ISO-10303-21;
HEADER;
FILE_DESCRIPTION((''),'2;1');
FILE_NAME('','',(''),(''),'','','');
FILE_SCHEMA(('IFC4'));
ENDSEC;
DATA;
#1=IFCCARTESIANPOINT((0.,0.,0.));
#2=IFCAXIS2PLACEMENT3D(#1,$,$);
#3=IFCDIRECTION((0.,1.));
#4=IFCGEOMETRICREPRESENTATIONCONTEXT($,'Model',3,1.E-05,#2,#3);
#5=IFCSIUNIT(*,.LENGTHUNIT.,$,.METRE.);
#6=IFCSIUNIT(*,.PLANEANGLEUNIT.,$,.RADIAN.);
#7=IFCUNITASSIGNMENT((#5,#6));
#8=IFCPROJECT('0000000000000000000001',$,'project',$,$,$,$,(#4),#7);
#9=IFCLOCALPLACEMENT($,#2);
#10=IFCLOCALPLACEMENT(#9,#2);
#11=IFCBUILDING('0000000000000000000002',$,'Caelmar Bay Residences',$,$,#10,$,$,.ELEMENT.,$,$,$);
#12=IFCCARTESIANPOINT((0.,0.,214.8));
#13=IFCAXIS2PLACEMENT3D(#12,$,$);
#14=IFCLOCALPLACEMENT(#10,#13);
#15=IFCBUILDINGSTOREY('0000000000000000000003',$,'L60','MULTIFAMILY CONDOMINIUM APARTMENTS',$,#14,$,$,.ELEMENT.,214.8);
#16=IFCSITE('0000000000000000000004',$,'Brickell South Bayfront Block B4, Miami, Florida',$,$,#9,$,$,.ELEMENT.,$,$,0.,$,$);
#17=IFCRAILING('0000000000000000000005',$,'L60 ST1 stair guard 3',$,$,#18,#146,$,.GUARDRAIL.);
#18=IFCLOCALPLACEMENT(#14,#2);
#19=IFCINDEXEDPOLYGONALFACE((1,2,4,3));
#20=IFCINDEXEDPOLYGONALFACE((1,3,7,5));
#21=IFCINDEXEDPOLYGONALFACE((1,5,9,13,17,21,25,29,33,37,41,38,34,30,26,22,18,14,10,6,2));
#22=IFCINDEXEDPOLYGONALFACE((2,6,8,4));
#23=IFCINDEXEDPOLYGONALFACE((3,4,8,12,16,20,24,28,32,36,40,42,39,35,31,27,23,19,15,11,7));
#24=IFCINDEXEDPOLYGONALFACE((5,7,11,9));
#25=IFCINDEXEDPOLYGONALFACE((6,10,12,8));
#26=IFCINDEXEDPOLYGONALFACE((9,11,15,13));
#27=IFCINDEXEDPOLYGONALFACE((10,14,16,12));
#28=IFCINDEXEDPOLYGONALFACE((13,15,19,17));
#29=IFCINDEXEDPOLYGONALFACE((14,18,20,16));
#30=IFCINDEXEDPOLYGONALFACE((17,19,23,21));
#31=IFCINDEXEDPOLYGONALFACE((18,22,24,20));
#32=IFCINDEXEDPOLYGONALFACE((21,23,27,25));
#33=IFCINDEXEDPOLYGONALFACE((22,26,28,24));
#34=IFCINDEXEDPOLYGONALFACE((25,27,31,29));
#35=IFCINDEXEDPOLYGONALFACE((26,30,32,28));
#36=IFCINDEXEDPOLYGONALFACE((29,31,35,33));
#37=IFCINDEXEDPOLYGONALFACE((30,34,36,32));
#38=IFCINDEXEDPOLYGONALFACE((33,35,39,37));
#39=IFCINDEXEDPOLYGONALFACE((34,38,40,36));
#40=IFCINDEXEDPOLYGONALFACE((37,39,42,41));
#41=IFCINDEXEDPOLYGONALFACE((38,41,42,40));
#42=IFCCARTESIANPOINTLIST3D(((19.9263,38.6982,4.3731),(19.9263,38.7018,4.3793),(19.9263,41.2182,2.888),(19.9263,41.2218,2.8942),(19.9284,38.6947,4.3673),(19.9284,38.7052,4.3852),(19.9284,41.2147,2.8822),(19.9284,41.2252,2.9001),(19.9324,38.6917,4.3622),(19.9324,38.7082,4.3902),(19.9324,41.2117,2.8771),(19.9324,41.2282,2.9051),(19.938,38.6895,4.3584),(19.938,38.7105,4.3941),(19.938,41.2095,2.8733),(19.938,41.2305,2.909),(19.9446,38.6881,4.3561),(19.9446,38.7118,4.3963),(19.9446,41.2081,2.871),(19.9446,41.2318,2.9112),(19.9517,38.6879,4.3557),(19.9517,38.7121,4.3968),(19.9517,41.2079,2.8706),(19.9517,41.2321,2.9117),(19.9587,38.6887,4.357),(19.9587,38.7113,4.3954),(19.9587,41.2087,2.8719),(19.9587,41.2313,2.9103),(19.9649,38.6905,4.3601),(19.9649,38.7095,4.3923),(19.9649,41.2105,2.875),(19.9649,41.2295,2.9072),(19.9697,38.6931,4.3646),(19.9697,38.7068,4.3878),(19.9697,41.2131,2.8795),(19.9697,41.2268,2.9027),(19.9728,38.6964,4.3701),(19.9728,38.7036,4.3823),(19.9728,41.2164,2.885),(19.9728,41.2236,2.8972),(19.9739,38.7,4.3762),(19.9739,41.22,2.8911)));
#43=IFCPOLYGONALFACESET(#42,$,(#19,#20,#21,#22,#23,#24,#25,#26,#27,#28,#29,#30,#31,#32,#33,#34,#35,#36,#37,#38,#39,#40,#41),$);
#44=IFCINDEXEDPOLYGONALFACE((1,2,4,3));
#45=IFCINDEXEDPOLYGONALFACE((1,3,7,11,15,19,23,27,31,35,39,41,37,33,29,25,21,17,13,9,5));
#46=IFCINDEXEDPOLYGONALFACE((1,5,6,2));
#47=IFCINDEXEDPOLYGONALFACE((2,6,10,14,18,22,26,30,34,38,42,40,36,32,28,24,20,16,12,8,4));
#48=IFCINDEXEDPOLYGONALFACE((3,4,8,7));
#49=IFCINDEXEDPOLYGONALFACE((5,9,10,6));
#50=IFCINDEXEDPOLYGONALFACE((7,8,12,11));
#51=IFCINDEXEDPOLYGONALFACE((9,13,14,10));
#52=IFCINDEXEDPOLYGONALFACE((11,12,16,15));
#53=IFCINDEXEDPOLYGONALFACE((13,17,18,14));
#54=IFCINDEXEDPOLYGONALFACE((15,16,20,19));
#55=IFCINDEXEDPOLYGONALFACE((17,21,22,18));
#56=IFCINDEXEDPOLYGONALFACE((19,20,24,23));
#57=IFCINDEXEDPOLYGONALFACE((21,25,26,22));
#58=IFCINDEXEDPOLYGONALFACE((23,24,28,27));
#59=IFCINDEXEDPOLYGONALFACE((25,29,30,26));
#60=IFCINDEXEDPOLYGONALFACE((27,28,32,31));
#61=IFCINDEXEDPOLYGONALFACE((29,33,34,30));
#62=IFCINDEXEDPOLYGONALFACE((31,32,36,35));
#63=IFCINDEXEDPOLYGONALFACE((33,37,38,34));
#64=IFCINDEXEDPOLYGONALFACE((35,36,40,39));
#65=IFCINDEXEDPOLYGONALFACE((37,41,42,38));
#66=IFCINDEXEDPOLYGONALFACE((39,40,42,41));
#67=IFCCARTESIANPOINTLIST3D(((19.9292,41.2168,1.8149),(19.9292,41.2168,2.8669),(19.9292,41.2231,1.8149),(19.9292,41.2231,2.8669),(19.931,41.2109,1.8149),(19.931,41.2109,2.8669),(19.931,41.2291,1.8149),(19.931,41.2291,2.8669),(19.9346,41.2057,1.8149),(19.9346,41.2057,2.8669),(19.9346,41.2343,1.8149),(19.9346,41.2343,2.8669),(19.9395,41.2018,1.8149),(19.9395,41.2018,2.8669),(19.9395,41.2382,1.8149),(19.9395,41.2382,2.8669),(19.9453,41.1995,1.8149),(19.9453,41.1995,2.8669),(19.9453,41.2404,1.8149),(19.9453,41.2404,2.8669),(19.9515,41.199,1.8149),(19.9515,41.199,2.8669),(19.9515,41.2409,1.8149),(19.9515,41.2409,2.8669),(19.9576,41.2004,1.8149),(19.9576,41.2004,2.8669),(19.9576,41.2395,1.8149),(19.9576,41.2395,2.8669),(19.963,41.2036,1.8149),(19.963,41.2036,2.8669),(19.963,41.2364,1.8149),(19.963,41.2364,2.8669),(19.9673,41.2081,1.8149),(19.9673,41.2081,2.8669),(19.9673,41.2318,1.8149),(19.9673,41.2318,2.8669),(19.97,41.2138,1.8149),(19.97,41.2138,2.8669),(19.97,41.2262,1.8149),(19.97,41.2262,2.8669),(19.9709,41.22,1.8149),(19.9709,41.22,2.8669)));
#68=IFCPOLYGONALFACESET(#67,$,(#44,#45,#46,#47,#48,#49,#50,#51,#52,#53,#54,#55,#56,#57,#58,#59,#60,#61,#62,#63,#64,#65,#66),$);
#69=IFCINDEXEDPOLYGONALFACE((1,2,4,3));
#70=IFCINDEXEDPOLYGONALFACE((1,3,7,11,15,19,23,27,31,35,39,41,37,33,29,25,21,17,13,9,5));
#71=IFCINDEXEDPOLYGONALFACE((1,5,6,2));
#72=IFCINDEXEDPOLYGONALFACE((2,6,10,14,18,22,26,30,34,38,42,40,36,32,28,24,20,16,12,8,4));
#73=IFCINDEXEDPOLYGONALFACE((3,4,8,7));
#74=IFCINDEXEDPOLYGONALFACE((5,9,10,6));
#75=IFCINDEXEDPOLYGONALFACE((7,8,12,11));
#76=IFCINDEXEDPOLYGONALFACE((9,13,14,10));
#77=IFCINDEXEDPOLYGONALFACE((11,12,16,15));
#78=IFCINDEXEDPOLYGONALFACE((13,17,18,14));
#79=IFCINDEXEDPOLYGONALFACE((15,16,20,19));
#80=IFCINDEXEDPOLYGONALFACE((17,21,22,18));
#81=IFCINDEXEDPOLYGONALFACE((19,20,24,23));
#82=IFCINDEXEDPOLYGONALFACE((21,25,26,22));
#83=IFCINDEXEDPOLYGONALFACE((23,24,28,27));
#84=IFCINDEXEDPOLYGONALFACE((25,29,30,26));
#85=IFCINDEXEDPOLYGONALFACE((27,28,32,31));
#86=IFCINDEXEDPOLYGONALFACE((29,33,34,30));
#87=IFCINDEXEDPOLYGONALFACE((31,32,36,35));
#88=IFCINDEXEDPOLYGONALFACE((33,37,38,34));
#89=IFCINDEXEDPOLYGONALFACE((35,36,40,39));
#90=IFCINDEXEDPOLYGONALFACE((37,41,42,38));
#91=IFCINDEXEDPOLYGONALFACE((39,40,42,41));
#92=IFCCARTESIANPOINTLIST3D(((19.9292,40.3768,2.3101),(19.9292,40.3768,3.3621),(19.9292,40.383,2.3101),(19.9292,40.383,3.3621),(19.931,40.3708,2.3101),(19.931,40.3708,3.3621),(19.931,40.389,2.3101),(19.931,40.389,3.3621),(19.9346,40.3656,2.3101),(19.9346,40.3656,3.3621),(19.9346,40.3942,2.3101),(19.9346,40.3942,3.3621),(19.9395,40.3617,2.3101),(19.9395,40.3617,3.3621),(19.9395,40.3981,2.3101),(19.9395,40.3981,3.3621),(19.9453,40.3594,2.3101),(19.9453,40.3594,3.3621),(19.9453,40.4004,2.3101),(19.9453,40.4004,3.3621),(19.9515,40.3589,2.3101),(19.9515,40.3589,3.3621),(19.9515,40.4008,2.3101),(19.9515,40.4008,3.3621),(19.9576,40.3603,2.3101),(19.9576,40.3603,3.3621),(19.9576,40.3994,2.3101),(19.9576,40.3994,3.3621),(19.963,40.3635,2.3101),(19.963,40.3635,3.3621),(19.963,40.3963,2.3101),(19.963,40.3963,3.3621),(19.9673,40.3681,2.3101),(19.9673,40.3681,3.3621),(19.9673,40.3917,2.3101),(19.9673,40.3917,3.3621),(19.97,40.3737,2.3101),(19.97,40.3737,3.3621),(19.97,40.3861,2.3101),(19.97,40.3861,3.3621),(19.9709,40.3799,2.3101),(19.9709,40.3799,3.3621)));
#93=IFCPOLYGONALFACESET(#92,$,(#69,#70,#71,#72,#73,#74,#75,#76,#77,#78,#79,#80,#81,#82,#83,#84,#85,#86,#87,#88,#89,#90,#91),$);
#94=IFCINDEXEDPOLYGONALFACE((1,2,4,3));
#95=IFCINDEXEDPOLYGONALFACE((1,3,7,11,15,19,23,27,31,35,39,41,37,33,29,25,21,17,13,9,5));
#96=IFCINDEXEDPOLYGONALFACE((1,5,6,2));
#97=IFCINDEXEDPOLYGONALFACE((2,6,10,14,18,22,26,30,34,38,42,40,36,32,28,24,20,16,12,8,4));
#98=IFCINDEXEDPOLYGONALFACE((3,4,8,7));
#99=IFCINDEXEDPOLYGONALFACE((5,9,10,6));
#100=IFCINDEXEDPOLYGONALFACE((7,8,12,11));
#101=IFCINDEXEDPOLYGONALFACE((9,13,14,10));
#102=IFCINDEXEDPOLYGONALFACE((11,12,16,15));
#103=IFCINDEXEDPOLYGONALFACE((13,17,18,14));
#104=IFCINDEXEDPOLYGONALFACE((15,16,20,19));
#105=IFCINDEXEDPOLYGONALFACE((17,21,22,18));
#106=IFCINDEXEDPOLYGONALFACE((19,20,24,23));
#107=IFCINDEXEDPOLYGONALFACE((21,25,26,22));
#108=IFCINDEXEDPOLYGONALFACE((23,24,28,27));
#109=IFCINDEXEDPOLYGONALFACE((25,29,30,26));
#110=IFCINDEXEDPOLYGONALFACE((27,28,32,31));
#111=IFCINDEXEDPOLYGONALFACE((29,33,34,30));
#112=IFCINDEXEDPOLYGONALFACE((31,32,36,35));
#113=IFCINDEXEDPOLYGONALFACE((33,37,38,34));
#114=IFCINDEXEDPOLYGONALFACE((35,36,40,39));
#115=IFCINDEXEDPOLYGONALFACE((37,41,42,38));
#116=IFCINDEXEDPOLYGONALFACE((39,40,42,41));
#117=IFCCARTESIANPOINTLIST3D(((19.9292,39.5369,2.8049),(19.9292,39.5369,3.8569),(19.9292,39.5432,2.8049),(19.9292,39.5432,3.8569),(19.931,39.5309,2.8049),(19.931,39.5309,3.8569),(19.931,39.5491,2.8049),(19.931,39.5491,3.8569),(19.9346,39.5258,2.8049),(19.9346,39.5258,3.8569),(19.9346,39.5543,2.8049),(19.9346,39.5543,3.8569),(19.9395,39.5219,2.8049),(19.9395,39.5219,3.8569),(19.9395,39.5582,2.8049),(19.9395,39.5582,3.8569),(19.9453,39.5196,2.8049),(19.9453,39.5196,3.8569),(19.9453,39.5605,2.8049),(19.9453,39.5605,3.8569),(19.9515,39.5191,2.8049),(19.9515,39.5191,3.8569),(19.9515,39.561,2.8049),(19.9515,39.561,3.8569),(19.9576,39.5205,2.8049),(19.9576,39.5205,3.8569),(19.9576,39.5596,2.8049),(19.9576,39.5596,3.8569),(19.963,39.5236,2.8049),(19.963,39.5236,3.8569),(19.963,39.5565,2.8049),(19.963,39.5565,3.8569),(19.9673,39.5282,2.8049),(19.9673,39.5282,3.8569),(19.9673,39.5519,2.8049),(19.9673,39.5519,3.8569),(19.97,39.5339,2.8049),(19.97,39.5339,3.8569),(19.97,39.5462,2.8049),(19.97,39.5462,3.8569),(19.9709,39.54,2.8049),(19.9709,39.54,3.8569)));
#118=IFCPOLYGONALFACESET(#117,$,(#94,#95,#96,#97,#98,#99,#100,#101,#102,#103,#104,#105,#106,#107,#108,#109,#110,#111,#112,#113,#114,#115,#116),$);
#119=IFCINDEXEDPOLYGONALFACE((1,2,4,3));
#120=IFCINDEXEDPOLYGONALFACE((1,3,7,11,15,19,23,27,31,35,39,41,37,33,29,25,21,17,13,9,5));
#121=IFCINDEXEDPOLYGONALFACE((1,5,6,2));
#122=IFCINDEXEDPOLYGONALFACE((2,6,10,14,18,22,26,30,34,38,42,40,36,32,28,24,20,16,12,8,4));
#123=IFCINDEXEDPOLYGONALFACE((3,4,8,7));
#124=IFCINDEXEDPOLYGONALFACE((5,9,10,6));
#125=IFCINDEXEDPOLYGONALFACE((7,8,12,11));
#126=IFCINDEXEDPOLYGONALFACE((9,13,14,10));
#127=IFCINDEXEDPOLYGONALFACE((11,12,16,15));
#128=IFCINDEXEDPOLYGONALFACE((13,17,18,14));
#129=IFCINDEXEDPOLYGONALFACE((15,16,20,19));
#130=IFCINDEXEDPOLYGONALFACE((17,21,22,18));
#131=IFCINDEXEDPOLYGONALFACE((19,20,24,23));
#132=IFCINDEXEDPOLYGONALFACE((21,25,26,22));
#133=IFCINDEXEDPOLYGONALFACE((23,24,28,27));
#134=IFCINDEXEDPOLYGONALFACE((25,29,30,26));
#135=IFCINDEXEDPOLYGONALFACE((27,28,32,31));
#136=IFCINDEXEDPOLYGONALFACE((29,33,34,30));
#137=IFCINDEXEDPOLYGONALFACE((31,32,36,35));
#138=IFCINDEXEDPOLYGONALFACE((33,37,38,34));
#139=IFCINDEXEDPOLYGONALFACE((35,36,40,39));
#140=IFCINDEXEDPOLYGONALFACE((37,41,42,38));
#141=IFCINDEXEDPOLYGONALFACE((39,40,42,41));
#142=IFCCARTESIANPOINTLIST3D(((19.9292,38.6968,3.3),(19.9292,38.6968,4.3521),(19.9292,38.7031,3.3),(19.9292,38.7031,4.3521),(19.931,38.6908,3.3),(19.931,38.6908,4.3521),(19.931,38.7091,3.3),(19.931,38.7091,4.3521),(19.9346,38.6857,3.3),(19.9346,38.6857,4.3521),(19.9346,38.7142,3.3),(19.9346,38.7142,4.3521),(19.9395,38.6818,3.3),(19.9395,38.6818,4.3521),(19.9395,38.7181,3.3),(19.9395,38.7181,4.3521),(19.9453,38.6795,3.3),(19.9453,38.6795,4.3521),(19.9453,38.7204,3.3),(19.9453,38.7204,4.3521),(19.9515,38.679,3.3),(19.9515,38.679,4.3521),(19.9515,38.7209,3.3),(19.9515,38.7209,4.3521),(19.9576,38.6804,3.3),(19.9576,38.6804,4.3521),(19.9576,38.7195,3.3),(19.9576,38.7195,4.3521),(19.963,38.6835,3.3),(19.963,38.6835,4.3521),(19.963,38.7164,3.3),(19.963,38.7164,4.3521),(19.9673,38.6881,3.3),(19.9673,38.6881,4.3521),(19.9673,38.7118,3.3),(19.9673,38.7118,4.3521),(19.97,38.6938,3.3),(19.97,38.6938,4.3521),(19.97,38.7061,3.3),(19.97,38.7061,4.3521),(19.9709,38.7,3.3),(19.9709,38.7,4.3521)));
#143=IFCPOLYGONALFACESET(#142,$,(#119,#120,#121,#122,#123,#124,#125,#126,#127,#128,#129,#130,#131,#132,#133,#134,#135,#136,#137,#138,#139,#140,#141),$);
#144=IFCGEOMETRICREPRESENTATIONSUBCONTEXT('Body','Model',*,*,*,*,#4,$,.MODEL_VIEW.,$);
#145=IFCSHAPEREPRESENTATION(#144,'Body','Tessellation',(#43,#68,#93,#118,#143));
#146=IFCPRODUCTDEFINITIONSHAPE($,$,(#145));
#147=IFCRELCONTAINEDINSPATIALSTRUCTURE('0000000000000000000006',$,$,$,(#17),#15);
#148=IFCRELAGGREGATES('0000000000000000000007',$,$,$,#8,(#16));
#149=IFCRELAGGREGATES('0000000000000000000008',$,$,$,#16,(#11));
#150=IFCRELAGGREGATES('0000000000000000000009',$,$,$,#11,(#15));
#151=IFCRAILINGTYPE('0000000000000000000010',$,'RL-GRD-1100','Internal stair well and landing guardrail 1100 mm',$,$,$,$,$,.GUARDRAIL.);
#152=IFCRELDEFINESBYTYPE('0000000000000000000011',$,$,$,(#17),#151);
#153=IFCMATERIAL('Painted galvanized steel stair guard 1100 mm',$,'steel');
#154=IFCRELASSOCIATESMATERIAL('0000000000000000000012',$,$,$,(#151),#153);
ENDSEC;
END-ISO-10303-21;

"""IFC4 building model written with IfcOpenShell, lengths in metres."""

from ifc_helpers import new_model, si_unit, direction, frame, origin, origin_2d, place, context, subcontext, project, spatial, circle, extrude, material, type_object, element, save


model = new_model("IFC4")

# Units and contexts
model_context = context("Model", 3, precision=1e-05, world=origin(), true_north=direction((0.0, 1.0)))
body_context = subcontext(model_context, "Body", "Model", "MODEL_VIEW")
ifc_project = project(units=[si_unit("LENGTHUNIT", "METRE"), si_unit("PLANEANGLEUNIT", "RADIAN")], contexts=[model_context])

# Site, building, storey
site_placement = place(None, origin())
site = spatial("IfcSite", under=ifc_project, at=site_placement, Name="Brickell South Bayfront Block B4, Miami, Florida", CompositionType="ELEMENT", RefElevation=0.0)
building_placement = place(site_placement, origin())
building = spatial("IfcBuilding", under=site, at=building_placement, Name="Caelmar Bay Residences", CompositionType="ELEMENT")
storey_placement = place(building_placement, frame((0.0, 0.0, 214.8)))
storey = spatial("IfcBuildingStorey", under=building, at=storey_placement, Name="L60", Description="MULTIFAMILY CONDOMINIUM APARTMENTS", CompositionType="ELEMENT", Elevation=214.8)

# Railing
ifc_material_1 = material(Name="Painted galvanized steel stair guard 1100 mm", Category="steel")
railing_type_1 = type_object("IfcRailingType", Name="RL-GRD-1100", Description="Internal stair well and landing guardrail 1100 mm", PredefinedType="GUARDRAIL", material=ifc_material_1)
railing_1_placement = place(storey_placement, frame((19.95, 41.22, 1.8149)))
element("IfcRailing", 1, at=railing_1_placement, inside=storey, type_object=railing_type_1, Name="L60 ST1 stair guard 3", PredefinedType="GUARDRAIL", context=body_context, shape_type="SweptSolid", body=[
    extrude(circle(Radius=0.0239, at=origin_2d()), frame((0.0, 0.0, 1.0762), z_axis=(0.0, -0.861524, 0.507717), x_axis=(1.0, 0.0, 0.0)), (0.0, 0.0, 1.0), 2.925),
    extrude(circle(Radius=0.021, at=origin_2d()), origin(), (0.0, 0.0, 1.0), 1.052),
    extrude(circle(Radius=0.021, at=origin_2d()), frame((0.0, -0.8401, 0.4951)), (0.0, 0.0, 1.0), 1.052),
    extrude(circle(Radius=0.021, at=origin_2d()), frame((0.0, -1.6799, 0.99)), (0.0, 0.0, 1.0), 1.052),
    extrude(circle(Radius=0.021, at=origin_2d()), frame((0.0, -2.52, 1.4851)), (0.0, 0.0, 1.0), 1.052),
])

save(model, "model.ifc")
